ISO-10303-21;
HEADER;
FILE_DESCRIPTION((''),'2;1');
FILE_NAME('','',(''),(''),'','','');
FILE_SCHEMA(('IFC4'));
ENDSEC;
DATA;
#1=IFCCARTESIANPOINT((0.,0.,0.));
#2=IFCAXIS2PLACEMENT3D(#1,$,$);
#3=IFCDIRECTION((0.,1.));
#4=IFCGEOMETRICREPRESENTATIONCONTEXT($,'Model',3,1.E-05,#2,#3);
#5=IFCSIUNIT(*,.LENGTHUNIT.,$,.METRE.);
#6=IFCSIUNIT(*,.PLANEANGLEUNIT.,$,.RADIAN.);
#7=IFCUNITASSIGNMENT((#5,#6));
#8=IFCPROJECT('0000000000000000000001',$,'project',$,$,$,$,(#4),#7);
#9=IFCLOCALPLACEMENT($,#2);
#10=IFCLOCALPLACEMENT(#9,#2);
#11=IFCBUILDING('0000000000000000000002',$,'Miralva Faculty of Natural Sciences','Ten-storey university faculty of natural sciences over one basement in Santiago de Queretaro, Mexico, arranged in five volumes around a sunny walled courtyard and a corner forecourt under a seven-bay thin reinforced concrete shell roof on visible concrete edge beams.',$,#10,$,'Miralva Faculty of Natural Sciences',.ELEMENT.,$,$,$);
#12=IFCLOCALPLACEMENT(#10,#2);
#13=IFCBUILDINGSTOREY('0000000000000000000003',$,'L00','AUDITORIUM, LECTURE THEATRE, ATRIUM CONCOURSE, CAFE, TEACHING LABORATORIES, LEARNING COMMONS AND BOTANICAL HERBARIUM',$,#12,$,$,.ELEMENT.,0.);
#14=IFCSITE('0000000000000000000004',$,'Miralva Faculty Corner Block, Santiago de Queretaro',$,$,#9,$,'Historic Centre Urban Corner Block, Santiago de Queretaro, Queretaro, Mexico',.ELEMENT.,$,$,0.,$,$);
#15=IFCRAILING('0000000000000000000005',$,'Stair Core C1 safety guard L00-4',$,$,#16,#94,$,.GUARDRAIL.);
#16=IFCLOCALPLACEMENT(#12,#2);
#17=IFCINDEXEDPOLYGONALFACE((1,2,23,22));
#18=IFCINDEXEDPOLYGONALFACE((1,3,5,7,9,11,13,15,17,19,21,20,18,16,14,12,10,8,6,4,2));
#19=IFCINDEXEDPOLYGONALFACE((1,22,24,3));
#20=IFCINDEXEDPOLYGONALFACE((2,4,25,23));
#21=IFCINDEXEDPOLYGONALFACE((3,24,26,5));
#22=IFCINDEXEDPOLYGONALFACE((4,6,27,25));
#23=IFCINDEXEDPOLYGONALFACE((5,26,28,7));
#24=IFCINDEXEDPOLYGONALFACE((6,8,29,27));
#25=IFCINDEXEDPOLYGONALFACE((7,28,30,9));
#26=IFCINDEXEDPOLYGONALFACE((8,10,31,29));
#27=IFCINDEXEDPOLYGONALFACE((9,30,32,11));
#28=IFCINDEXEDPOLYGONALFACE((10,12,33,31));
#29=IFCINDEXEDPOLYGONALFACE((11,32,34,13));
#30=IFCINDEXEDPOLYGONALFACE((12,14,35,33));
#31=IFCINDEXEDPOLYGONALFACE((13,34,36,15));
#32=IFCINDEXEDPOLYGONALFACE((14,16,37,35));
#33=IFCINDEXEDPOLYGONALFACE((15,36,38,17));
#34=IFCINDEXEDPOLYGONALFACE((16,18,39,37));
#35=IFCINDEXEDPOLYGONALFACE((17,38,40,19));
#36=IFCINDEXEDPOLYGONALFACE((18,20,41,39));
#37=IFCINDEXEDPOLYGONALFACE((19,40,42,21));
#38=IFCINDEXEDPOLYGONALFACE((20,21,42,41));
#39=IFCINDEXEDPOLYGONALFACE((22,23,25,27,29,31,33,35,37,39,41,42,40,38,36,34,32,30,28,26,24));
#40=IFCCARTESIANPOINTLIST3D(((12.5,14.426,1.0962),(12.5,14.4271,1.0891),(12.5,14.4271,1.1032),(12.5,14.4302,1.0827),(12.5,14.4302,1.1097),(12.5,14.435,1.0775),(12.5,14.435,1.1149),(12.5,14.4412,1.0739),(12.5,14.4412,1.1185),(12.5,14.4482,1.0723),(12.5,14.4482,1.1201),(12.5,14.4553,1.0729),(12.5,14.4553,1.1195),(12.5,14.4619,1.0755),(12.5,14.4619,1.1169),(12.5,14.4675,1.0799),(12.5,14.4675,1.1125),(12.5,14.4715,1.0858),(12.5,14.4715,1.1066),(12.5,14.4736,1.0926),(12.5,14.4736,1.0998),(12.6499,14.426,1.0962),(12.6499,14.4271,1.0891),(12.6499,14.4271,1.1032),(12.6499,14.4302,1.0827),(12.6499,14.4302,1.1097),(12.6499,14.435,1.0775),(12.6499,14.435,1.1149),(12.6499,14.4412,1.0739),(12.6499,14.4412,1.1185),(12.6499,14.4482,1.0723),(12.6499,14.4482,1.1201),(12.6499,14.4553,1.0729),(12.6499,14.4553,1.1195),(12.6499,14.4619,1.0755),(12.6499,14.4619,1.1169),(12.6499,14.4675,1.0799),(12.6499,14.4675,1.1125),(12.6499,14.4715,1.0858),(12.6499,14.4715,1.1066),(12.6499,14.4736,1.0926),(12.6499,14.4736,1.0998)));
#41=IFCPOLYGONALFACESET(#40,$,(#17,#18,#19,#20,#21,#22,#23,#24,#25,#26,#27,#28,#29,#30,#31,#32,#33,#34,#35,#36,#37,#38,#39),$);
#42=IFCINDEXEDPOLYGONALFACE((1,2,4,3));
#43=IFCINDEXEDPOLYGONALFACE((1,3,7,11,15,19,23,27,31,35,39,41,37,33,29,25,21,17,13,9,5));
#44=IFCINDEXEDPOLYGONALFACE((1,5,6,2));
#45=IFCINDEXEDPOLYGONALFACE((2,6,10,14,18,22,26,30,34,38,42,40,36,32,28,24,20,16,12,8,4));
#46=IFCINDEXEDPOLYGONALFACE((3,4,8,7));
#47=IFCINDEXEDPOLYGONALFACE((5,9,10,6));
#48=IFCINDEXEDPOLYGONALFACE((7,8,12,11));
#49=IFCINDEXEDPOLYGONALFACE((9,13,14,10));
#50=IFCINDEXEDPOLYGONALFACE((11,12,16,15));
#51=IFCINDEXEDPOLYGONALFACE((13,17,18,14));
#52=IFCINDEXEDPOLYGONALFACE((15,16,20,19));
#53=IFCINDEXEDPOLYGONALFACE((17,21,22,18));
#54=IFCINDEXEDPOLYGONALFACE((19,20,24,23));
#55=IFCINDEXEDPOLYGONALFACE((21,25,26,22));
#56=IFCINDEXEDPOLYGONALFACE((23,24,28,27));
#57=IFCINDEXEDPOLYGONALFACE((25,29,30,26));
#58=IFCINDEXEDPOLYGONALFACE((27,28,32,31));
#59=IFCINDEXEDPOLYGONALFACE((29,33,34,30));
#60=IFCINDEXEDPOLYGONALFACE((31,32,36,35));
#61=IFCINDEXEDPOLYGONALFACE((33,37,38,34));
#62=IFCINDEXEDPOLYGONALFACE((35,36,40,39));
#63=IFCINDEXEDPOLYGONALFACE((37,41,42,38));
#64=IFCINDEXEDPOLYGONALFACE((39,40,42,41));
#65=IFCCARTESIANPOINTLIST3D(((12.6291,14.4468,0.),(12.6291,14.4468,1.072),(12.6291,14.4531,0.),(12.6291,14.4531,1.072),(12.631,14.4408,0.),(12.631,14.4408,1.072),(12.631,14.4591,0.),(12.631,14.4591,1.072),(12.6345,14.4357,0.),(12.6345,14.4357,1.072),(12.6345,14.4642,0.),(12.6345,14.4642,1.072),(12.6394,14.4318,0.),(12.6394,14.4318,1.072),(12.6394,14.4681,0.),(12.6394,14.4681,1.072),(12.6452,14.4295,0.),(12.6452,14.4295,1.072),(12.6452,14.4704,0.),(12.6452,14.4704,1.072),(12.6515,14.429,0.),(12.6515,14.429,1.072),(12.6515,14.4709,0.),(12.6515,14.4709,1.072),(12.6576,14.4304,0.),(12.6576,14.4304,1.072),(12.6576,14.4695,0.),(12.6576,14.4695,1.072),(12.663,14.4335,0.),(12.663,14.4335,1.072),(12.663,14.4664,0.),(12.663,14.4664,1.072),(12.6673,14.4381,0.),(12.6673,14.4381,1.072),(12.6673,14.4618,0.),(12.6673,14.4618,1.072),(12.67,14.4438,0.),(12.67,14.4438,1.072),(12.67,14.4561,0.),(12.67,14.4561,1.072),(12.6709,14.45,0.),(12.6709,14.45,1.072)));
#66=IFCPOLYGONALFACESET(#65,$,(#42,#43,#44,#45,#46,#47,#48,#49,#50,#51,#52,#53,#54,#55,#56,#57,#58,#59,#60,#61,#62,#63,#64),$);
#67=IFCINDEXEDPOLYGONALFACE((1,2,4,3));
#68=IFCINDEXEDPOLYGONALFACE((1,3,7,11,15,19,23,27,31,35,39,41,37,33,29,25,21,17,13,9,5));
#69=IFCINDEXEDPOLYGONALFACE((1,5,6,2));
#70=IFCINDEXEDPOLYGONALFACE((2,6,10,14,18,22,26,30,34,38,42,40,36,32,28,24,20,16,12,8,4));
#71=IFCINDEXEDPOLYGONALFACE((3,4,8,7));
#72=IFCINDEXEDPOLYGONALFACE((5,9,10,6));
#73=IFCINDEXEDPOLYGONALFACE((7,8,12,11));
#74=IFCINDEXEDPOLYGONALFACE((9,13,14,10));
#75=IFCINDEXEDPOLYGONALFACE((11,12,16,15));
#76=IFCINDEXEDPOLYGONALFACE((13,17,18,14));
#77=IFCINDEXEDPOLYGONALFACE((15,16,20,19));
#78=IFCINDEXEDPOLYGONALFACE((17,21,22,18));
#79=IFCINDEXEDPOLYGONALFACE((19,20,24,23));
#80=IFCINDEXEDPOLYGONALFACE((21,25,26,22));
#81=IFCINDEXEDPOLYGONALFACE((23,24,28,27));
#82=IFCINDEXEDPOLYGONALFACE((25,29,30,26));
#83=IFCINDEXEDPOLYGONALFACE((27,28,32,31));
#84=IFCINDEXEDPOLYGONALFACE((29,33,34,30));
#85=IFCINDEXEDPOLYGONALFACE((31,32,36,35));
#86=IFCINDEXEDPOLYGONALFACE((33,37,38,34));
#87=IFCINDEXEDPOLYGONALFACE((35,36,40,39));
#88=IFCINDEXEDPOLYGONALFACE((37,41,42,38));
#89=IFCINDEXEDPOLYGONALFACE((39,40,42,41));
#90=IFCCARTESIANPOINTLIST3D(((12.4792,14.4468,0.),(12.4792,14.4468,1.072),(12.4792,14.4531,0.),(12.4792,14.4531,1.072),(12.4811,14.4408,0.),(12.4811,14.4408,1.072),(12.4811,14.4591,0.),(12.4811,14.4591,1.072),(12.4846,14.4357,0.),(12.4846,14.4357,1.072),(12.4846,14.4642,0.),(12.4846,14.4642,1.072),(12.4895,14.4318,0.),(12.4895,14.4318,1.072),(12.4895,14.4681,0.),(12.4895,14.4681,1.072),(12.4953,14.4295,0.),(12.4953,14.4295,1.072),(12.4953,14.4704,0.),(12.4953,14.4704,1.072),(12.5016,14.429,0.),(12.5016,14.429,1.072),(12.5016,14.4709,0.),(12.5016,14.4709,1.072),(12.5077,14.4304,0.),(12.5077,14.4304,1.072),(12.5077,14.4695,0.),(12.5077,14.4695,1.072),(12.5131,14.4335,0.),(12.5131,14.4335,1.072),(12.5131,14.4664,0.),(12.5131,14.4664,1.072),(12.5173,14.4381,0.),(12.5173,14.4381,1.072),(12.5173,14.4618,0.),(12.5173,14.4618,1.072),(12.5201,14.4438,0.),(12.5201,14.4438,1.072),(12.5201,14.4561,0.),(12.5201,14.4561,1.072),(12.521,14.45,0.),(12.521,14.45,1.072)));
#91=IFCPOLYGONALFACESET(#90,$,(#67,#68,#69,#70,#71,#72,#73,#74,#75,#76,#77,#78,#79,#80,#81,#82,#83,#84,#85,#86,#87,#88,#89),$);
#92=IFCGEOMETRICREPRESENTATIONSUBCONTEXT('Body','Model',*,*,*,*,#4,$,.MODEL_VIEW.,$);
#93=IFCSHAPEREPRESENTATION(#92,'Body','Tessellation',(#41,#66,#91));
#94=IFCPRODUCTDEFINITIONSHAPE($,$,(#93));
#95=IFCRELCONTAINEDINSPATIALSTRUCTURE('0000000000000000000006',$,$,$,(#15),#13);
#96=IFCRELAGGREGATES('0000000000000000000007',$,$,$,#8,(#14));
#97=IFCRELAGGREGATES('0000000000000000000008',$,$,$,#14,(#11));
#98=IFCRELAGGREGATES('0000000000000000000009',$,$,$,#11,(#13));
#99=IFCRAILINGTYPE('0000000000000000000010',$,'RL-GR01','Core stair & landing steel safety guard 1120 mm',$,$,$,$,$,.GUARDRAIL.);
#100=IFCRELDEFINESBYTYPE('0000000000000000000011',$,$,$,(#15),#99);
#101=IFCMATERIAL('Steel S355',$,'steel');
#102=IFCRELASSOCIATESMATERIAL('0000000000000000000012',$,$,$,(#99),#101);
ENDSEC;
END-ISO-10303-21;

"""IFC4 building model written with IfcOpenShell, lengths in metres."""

from ifc_helpers import new_model, si_unit, direction, frame, origin, origin_2d, place, context, subcontext, project, spatial, circle, extrude, material, type_object, element, save


model = new_model("IFC4")

# Units and contexts
model_context = context("Model", 3, precision=1e-05, world=origin(), true_north=direction((0.0, 1.0)))
body_context = subcontext(model_context, "Body", "Model", "MODEL_VIEW")
ifc_project = project(units=[si_unit("LENGTHUNIT", "METRE"), si_unit("PLANEANGLEUNIT", "RADIAN")], contexts=[model_context])

# Site, building, storey
site_placement = place(None, origin())
site = spatial("IfcSite", under=ifc_project, at=site_placement, Name="Miralva Faculty Corner Block, Santiago de Queretaro", LongName="Historic Centre Urban Corner Block, Santiago de Queretaro, Queretaro, Mexico", CompositionType="ELEMENT", RefElevation=0.0)
building_placement = place(site_placement, origin())
building = spatial("IfcBuilding", under=site, at=building_placement, Name="Miralva Faculty of Natural Sciences", Description="Ten-storey university faculty of natural sciences over one basement in Santiago de Queretaro, Mexico, arranged in five volumes around a sunny walled courtyard and a corner forecourt under a seven-bay thin reinforced concrete shell roof on visible concrete edge beams.", LongName="Miralva Faculty of Natural Sciences", CompositionType="ELEMENT")
storey_placement = place(building_placement, origin())
storey = spatial("IfcBuildingStorey", under=building, at=storey_placement, Name="L00", Description="AUDITORIUM, LECTURE THEATRE, ATRIUM CONCOURSE, CAFE, TEACHING LABORATORIES, LEARNING COMMONS AND BOTANICAL HERBARIUM", CompositionType="ELEMENT", Elevation=0.0)

# Railing
ifc_material_1 = material(Name="Steel S355", Category="steel")
railing_type_1 = type_object("IfcRailingType", Name="RL-GR01", Description="Core stair & landing steel safety guard 1120 mm", PredefinedType="GUARDRAIL", material=ifc_material_1)
railing_1_placement = place(storey_placement, frame((12.6499, 14.45, 0.0)))
element("IfcRailing", 1, at=railing_1_placement, inside=storey, type_object=railing_type_1, Name="Stair Core C1 safety guard L00-4", PredefinedType="GUARDRAIL", context=body_context, shape_type="SweptSolid", body=[
    extrude(circle(Radius=0.0239, at=origin_2d()), frame((0.0, 0.0, 1.0962), z_axis=(-1.0, 0.0, 0.0), x_axis=(0.0, -1.0, 0.0)), (0.0, 0.0, 1.0), 0.1499),
    extrude(circle(Radius=0.021, at=origin_2d()), origin(), (0.0, 0.0, 1.0), 1.072),
    extrude(circle(Radius=0.021, at=origin_2d()), frame((-0.1499, 0.0, 0.0)), (0.0, 0.0, 1.0), 1.072),
])

save(model, "model.ifc")
